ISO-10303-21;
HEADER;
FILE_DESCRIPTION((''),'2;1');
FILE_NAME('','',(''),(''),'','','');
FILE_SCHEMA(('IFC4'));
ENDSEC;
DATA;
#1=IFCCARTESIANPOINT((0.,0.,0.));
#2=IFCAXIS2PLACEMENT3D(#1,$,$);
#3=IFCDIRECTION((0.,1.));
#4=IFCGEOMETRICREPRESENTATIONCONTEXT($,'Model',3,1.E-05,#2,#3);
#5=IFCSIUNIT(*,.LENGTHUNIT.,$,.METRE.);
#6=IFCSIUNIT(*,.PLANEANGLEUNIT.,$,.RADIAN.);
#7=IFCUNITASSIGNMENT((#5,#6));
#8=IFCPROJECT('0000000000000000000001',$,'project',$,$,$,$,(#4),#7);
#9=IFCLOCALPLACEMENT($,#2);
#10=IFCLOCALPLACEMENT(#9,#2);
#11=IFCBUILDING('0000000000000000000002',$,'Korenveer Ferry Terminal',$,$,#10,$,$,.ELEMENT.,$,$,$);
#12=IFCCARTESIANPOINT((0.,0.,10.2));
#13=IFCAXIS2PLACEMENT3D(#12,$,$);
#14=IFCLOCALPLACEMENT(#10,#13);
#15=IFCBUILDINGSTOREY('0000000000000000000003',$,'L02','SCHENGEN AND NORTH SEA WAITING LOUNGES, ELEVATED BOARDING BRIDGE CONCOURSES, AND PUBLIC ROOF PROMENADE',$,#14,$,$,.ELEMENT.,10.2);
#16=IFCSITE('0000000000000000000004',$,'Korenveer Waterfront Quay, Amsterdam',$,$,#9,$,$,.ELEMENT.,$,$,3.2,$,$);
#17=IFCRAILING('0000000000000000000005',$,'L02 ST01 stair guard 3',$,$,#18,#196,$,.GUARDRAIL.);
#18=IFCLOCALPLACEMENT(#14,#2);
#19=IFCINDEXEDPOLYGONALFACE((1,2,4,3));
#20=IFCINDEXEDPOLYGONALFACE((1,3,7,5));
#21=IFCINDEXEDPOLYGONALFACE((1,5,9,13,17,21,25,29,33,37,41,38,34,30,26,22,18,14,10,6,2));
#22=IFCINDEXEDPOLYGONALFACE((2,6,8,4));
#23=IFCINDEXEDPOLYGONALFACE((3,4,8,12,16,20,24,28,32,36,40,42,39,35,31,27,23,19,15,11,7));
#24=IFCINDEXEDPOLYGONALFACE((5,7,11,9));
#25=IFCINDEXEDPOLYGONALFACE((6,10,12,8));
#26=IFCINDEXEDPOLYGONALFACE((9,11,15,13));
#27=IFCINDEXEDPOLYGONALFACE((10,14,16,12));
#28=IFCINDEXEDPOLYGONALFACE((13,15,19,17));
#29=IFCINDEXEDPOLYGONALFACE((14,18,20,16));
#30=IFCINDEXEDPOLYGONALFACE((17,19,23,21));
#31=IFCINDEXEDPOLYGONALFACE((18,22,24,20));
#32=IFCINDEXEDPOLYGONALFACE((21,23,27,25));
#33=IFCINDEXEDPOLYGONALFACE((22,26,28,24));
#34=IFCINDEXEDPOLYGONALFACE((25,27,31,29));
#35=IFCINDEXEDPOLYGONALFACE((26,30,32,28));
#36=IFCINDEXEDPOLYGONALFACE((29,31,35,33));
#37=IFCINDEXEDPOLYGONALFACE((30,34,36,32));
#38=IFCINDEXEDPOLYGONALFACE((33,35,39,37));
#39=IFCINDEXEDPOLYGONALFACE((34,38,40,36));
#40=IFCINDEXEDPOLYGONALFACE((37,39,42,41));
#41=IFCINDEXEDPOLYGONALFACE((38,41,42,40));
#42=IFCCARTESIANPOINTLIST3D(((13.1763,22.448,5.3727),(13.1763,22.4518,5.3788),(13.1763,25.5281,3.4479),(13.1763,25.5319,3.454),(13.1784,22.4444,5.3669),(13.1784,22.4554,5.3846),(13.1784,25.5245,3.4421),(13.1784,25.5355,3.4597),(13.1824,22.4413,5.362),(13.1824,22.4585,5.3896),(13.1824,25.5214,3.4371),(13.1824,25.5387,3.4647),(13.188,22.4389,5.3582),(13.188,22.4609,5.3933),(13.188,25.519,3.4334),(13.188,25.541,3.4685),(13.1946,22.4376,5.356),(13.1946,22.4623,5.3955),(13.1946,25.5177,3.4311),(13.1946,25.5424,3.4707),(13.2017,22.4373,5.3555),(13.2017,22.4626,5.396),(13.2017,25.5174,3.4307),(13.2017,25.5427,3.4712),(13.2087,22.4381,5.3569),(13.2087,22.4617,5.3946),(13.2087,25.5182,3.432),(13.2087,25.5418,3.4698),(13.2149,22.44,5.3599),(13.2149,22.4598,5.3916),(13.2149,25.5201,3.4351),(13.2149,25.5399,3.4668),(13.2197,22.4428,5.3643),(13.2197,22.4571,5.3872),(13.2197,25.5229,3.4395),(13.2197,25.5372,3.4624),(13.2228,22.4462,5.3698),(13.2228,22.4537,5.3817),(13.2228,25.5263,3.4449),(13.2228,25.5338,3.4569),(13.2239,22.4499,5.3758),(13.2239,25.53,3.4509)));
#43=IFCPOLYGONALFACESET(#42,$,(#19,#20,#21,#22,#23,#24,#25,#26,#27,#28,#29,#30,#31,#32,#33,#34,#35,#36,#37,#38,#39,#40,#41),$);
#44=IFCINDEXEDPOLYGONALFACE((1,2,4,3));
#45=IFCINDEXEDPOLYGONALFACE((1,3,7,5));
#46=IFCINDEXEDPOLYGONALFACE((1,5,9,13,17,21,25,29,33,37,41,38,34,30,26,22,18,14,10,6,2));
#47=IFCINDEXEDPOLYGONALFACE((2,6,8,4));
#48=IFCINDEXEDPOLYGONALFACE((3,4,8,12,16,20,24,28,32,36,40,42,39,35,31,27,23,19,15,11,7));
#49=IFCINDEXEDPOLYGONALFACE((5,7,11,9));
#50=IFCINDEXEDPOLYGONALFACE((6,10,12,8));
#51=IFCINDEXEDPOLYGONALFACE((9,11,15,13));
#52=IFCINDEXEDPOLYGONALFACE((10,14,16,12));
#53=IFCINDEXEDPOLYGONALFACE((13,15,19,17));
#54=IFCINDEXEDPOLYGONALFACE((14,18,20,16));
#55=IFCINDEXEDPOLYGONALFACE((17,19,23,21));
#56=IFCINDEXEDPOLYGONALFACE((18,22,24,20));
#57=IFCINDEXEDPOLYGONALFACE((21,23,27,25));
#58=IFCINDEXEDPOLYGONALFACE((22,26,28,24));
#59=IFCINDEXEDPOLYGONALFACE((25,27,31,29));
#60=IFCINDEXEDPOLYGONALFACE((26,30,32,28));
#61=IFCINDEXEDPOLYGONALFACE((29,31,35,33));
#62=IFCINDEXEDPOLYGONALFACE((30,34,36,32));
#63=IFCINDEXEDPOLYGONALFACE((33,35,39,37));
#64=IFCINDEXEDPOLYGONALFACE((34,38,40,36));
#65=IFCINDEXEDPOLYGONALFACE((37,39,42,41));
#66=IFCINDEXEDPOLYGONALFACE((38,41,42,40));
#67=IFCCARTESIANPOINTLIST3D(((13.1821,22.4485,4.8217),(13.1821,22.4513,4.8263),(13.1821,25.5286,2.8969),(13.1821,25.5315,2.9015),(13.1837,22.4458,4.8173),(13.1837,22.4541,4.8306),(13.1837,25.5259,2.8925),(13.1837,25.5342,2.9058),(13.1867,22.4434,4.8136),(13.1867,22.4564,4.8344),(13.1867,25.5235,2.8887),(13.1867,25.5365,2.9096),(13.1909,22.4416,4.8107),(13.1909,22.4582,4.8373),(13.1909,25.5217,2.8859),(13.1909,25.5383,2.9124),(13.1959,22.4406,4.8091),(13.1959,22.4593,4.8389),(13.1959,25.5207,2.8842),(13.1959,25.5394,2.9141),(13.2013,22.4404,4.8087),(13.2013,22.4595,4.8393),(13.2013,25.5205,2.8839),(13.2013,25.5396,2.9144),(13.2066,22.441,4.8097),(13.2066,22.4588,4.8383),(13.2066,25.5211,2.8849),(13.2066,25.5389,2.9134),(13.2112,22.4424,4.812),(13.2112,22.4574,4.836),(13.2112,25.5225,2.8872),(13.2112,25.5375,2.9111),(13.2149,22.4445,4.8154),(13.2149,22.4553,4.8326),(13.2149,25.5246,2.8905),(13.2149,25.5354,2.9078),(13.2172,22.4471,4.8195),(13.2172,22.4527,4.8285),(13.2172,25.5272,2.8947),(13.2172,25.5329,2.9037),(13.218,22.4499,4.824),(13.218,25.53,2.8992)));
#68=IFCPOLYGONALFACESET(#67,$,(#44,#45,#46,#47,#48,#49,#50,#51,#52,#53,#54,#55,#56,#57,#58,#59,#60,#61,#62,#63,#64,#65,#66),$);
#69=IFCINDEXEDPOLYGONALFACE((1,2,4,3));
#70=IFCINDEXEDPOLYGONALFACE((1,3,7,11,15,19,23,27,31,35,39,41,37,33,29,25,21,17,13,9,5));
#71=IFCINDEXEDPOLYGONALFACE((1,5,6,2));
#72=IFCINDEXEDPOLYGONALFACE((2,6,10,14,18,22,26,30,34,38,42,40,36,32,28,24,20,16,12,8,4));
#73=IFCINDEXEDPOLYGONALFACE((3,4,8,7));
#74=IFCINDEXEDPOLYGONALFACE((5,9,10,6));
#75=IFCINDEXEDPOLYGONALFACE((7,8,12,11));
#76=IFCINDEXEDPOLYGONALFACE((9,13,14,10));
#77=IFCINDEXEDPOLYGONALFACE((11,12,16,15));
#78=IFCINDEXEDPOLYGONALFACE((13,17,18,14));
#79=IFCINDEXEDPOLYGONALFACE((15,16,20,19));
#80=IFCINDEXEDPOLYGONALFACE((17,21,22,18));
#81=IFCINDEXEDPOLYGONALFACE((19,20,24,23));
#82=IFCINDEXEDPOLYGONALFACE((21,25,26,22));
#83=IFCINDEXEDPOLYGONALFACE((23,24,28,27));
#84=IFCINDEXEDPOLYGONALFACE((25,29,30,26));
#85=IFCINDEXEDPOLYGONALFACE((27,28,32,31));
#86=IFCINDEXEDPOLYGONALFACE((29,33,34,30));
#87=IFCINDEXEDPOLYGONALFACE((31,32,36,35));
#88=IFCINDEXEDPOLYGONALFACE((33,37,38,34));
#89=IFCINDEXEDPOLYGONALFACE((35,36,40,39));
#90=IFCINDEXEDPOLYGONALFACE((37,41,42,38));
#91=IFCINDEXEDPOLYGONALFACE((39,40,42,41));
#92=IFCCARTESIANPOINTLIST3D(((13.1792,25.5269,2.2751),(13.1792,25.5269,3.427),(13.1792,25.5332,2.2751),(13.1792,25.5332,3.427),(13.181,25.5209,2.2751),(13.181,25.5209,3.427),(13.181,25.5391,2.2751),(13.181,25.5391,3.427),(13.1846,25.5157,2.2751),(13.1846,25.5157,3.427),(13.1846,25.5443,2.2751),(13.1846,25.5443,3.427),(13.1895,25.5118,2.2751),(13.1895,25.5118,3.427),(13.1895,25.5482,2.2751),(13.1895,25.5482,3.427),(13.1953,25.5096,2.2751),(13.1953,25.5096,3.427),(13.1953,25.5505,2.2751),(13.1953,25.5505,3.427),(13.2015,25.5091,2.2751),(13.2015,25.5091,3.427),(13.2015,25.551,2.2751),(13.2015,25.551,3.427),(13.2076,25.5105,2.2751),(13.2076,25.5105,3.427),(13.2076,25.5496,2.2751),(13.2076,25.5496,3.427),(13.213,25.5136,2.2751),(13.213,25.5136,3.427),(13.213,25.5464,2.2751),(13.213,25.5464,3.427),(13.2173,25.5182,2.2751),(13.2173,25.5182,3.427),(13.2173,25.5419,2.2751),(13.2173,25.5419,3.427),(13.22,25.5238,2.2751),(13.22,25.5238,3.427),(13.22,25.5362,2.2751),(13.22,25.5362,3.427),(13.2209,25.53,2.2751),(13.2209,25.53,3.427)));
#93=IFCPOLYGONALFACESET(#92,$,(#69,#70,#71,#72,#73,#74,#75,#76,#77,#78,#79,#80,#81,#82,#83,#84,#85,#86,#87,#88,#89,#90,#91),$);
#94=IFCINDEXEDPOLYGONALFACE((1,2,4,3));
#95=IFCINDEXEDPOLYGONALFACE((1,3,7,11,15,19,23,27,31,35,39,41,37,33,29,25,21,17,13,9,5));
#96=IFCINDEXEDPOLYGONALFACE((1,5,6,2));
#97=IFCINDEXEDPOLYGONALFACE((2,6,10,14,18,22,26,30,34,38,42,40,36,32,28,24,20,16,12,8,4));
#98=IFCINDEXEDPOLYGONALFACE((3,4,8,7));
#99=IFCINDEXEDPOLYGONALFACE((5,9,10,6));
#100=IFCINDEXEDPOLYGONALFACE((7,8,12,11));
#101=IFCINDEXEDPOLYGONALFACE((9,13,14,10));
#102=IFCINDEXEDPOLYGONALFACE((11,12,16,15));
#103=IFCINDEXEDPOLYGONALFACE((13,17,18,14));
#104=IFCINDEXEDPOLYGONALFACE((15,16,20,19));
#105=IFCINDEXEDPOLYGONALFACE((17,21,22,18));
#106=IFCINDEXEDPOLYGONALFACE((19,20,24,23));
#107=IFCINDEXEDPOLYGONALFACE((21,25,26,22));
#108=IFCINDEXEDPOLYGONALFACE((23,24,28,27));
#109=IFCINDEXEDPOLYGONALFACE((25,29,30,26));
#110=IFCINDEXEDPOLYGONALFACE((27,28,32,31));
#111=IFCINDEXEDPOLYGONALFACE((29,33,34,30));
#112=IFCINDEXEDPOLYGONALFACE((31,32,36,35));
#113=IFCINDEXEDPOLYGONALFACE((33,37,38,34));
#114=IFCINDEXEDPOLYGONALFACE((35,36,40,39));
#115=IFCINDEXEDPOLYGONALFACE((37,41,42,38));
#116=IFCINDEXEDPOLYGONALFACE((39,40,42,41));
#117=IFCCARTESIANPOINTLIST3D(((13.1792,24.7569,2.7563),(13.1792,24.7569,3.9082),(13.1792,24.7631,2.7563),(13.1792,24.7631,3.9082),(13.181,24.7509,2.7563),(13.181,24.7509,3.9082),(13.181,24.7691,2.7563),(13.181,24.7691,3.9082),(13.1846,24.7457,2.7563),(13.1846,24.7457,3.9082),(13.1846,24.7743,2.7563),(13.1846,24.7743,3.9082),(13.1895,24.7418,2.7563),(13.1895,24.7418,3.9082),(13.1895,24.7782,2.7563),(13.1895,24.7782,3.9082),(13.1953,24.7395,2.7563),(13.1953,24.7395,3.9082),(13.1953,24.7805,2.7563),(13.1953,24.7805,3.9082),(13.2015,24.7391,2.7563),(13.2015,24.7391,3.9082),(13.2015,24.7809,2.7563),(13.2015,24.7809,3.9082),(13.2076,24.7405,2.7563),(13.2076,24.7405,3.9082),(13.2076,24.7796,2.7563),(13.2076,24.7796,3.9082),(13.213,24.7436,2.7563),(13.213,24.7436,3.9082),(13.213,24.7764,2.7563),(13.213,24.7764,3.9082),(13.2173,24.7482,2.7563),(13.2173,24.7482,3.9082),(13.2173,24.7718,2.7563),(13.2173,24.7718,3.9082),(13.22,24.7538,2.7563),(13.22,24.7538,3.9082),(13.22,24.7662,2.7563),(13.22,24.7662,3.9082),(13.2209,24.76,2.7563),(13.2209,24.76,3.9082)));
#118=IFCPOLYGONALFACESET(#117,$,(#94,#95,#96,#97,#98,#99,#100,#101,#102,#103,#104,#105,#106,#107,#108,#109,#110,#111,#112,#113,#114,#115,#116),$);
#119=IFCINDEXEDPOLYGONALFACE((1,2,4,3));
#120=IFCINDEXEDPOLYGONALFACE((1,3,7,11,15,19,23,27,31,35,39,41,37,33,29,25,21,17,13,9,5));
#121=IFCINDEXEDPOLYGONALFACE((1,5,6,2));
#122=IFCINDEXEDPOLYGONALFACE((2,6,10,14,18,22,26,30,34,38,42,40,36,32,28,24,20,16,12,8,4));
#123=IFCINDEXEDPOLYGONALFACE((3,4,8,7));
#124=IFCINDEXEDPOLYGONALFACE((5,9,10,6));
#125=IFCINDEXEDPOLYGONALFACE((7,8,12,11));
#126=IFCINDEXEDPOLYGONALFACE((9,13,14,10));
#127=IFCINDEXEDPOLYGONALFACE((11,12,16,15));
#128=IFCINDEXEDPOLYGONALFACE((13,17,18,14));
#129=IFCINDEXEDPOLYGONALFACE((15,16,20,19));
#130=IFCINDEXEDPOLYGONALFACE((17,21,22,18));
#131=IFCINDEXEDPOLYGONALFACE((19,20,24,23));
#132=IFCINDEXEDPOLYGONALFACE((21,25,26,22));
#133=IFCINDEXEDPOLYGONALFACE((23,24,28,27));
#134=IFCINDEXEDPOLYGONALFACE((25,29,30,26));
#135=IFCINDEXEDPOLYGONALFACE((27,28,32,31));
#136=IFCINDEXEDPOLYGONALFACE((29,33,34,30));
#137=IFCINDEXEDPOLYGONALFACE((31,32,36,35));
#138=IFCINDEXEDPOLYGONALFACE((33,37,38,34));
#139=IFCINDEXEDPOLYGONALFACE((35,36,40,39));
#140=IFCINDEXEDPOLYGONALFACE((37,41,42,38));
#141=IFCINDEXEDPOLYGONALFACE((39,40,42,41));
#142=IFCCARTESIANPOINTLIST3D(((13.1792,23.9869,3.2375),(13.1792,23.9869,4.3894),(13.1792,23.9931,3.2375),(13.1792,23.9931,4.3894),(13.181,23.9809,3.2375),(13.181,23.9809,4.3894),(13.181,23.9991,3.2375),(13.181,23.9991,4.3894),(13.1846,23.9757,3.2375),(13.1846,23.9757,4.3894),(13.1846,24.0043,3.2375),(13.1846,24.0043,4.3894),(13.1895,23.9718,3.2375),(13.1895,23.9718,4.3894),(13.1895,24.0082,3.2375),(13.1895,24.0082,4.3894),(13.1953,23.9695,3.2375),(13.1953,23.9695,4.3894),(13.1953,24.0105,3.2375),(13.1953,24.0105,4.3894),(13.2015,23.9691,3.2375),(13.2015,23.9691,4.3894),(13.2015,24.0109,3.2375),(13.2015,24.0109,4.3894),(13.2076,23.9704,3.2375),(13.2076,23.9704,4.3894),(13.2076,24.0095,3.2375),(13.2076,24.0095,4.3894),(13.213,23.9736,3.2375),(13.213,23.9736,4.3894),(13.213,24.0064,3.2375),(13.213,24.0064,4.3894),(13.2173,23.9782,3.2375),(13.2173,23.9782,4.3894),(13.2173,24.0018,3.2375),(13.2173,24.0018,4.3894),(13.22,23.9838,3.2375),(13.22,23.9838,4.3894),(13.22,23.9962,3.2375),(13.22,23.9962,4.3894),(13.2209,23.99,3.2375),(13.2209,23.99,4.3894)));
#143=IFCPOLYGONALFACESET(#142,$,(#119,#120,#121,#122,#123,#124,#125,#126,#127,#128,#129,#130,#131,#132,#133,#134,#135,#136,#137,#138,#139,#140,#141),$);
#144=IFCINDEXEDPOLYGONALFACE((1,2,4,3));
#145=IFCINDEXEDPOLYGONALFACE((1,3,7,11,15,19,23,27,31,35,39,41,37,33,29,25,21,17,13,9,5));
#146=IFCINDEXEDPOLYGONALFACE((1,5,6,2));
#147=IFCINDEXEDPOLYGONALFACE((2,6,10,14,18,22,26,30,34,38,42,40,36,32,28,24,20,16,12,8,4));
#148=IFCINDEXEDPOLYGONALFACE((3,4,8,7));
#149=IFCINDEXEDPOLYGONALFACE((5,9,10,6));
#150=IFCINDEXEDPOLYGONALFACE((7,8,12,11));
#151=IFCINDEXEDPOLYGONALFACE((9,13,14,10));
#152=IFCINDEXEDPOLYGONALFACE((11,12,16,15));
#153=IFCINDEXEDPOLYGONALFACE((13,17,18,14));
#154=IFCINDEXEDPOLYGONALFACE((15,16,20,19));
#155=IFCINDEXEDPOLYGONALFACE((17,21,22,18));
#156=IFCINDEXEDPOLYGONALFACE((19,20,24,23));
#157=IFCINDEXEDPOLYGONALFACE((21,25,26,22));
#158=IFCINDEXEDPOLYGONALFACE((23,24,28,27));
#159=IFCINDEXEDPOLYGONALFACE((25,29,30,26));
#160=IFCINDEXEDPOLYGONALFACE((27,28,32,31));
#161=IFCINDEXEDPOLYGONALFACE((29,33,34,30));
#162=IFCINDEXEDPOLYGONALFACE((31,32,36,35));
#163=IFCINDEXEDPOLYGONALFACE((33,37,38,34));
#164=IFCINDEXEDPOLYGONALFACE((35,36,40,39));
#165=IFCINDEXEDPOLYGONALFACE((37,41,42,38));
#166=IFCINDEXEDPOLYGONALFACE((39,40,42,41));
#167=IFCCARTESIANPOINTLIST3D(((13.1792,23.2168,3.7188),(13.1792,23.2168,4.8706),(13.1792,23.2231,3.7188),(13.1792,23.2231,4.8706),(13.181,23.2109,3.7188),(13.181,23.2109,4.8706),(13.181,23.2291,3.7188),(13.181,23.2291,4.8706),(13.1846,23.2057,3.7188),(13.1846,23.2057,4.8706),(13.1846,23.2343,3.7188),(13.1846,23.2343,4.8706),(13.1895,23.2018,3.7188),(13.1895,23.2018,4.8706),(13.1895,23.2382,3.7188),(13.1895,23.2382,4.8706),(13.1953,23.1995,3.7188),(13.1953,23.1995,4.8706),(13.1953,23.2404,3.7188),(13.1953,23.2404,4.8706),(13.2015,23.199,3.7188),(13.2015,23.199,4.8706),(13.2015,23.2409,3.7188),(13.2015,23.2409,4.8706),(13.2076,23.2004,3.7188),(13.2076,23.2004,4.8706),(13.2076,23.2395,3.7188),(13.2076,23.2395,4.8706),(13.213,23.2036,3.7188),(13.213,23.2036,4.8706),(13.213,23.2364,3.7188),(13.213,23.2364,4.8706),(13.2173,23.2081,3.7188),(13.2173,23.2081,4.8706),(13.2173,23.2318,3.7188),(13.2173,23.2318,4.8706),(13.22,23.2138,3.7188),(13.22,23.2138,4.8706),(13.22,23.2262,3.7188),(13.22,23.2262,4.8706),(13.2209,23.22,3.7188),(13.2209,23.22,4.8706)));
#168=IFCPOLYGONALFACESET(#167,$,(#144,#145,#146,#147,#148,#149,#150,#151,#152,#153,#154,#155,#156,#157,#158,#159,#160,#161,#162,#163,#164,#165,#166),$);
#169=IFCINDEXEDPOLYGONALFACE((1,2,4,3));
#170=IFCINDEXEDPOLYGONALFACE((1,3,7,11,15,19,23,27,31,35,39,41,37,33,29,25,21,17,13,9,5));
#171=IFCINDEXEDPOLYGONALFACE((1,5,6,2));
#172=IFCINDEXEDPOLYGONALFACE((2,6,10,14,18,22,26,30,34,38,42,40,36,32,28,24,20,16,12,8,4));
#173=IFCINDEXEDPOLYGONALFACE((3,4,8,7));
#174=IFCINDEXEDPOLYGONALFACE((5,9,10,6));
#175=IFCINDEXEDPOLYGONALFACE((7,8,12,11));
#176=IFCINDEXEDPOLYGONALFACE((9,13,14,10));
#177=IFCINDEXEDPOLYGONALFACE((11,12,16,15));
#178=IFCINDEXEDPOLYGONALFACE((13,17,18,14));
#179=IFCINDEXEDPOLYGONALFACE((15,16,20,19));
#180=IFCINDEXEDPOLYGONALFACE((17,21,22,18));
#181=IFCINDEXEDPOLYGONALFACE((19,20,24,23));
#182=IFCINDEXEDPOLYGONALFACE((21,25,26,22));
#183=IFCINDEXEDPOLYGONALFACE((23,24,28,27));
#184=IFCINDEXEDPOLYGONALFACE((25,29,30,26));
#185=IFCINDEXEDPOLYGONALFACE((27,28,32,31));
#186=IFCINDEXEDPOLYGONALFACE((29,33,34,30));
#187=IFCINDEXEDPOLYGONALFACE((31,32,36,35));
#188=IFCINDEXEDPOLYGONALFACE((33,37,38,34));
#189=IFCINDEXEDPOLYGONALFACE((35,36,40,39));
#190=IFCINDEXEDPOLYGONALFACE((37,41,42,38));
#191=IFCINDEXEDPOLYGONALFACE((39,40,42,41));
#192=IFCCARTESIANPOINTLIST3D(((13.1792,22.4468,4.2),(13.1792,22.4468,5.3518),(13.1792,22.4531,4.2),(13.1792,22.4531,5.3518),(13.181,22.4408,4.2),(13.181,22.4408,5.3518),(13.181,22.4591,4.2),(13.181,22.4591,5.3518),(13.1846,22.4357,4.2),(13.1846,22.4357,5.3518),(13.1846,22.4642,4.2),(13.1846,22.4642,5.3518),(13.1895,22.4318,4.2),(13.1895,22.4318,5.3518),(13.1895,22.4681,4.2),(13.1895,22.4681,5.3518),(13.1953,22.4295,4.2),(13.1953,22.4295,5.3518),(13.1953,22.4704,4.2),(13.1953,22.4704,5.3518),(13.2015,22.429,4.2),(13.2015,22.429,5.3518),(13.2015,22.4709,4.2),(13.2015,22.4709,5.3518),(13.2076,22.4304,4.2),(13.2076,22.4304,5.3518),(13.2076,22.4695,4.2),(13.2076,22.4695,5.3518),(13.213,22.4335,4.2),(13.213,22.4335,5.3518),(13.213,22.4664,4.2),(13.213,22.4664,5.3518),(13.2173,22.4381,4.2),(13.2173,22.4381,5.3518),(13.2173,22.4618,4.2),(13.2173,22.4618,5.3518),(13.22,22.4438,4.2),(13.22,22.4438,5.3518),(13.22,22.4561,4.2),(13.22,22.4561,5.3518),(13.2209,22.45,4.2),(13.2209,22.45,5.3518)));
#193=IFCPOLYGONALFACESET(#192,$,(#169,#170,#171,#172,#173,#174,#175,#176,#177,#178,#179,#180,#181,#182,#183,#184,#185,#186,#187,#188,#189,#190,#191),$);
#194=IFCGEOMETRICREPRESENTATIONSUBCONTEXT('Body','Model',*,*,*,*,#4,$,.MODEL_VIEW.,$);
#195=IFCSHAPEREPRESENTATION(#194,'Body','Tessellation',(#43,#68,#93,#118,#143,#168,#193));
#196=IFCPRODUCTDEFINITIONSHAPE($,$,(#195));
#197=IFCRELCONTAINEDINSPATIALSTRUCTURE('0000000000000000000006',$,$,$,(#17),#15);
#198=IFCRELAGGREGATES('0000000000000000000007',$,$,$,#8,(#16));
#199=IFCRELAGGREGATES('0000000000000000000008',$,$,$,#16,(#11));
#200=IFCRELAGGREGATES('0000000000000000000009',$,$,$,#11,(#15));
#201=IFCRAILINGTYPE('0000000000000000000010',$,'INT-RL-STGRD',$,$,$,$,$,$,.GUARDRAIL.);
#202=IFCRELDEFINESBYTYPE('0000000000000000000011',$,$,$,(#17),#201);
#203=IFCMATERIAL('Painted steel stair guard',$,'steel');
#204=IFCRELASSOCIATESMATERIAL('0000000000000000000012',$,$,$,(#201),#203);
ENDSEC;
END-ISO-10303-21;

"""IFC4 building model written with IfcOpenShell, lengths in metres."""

from ifc_helpers import new_model, si_unit, direction, frame, origin, origin_2d, place, context, subcontext, project, spatial, circle, extrude, material, type_object, element, save


model = new_model("IFC4")

# Units and contexts
model_context = context("Model", 3, precision=1e-05, world=origin(), true_north=direction((0.0, 1.0)))
body_context = subcontext(model_context, "Body", "Model", "MODEL_VIEW")
ifc_project = project(units=[si_unit("LENGTHUNIT", "METRE"), si_unit("PLANEANGLEUNIT", "RADIAN")], contexts=[model_context])

# Site, building, storey
site_placement = place(None, origin())
site = spatial("IfcSite", under=ifc_project, at=site_placement, Name="Korenveer Waterfront Quay, Amsterdam", CompositionType="ELEMENT", RefElevation=3.2)
building_placement = place(site_placement, origin())
building = spatial("IfcBuilding", under=site, at=building_placement, Name="Korenveer Ferry Terminal", CompositionType="ELEMENT")
storey_placement = place(building_placement, frame((0.0, 0.0, 10.2)))
storey = spatial("IfcBuildingStorey", under=building, at=storey_placement, Name="L02", Description="SCHENGEN AND NORTH SEA WAITING LOUNGES, ELEVATED BOARDING BRIDGE CONCOURSES, AND PUBLIC ROOF PROMENADE", CompositionType="ELEMENT", Elevation=10.2)

# Railing
ifc_material_1 = material(Name="Painted steel stair guard", Category="steel")
railing_type_1 = type_object("IfcRailingType", Name="INT-RL-STGRD", PredefinedType="GUARDRAIL", material=ifc_material_1)
railing_1_placement = place(storey_placement, frame((13.2, 25.53, 2.2751)))
element("IfcRailing", 1, at=railing_1_placement, inside=storey, type_object=railing_type_1, Name="L02 ST01 stair guard 3", PredefinedType="GUARDRAIL", context=body_context, shape_type="SweptSolid", body=[
    extrude(circle(Radius=0.0239, at=origin_2d()), frame((0.0, 0.0, 1.1758), z_axis=(0.0, -0.848029, 0.529951), x_axis=(1.0, 0.0, 0.0)), (0.0, 0.0, 1.0), 3.6321),
    extrude(circle(Radius=0.0181, at=origin_2d()), frame((0.0, 0.0, 0.624), z_axis=(0.0, -0.848029, 0.529951), x_axis=(1.0, 0.0, 0.0)), (0.0, 0.0, 1.0), 3.6321),
    extrude(circle(Radius=0.021, at=origin_2d()), origin(), (0.0, 0.0, 1.0), 1.1519),
    extrude(circle(Radius=0.021, at=origin_2d()), frame((0.0, -0.77, 0.4812)), (0.0, 0.0, 1.0), 1.1519),
    extrude(circle(Radius=0.021, at=origin_2d()), frame((0.0, -1.54, 0.9624)), (0.0, 0.0, 1.0), 1.1519),
    extrude(circle(Radius=0.021, at=origin_2d()), frame((0.0, -2.3101, 1.4436)), (0.0, 0.0, 1.0), 1.1519),
    extrude(circle(Radius=0.021, at=origin_2d()), frame((0.0, -3.0801, 1.9248)), (0.0, 0.0, 1.0), 1.1519),
])

save(model, "model.ifc")
